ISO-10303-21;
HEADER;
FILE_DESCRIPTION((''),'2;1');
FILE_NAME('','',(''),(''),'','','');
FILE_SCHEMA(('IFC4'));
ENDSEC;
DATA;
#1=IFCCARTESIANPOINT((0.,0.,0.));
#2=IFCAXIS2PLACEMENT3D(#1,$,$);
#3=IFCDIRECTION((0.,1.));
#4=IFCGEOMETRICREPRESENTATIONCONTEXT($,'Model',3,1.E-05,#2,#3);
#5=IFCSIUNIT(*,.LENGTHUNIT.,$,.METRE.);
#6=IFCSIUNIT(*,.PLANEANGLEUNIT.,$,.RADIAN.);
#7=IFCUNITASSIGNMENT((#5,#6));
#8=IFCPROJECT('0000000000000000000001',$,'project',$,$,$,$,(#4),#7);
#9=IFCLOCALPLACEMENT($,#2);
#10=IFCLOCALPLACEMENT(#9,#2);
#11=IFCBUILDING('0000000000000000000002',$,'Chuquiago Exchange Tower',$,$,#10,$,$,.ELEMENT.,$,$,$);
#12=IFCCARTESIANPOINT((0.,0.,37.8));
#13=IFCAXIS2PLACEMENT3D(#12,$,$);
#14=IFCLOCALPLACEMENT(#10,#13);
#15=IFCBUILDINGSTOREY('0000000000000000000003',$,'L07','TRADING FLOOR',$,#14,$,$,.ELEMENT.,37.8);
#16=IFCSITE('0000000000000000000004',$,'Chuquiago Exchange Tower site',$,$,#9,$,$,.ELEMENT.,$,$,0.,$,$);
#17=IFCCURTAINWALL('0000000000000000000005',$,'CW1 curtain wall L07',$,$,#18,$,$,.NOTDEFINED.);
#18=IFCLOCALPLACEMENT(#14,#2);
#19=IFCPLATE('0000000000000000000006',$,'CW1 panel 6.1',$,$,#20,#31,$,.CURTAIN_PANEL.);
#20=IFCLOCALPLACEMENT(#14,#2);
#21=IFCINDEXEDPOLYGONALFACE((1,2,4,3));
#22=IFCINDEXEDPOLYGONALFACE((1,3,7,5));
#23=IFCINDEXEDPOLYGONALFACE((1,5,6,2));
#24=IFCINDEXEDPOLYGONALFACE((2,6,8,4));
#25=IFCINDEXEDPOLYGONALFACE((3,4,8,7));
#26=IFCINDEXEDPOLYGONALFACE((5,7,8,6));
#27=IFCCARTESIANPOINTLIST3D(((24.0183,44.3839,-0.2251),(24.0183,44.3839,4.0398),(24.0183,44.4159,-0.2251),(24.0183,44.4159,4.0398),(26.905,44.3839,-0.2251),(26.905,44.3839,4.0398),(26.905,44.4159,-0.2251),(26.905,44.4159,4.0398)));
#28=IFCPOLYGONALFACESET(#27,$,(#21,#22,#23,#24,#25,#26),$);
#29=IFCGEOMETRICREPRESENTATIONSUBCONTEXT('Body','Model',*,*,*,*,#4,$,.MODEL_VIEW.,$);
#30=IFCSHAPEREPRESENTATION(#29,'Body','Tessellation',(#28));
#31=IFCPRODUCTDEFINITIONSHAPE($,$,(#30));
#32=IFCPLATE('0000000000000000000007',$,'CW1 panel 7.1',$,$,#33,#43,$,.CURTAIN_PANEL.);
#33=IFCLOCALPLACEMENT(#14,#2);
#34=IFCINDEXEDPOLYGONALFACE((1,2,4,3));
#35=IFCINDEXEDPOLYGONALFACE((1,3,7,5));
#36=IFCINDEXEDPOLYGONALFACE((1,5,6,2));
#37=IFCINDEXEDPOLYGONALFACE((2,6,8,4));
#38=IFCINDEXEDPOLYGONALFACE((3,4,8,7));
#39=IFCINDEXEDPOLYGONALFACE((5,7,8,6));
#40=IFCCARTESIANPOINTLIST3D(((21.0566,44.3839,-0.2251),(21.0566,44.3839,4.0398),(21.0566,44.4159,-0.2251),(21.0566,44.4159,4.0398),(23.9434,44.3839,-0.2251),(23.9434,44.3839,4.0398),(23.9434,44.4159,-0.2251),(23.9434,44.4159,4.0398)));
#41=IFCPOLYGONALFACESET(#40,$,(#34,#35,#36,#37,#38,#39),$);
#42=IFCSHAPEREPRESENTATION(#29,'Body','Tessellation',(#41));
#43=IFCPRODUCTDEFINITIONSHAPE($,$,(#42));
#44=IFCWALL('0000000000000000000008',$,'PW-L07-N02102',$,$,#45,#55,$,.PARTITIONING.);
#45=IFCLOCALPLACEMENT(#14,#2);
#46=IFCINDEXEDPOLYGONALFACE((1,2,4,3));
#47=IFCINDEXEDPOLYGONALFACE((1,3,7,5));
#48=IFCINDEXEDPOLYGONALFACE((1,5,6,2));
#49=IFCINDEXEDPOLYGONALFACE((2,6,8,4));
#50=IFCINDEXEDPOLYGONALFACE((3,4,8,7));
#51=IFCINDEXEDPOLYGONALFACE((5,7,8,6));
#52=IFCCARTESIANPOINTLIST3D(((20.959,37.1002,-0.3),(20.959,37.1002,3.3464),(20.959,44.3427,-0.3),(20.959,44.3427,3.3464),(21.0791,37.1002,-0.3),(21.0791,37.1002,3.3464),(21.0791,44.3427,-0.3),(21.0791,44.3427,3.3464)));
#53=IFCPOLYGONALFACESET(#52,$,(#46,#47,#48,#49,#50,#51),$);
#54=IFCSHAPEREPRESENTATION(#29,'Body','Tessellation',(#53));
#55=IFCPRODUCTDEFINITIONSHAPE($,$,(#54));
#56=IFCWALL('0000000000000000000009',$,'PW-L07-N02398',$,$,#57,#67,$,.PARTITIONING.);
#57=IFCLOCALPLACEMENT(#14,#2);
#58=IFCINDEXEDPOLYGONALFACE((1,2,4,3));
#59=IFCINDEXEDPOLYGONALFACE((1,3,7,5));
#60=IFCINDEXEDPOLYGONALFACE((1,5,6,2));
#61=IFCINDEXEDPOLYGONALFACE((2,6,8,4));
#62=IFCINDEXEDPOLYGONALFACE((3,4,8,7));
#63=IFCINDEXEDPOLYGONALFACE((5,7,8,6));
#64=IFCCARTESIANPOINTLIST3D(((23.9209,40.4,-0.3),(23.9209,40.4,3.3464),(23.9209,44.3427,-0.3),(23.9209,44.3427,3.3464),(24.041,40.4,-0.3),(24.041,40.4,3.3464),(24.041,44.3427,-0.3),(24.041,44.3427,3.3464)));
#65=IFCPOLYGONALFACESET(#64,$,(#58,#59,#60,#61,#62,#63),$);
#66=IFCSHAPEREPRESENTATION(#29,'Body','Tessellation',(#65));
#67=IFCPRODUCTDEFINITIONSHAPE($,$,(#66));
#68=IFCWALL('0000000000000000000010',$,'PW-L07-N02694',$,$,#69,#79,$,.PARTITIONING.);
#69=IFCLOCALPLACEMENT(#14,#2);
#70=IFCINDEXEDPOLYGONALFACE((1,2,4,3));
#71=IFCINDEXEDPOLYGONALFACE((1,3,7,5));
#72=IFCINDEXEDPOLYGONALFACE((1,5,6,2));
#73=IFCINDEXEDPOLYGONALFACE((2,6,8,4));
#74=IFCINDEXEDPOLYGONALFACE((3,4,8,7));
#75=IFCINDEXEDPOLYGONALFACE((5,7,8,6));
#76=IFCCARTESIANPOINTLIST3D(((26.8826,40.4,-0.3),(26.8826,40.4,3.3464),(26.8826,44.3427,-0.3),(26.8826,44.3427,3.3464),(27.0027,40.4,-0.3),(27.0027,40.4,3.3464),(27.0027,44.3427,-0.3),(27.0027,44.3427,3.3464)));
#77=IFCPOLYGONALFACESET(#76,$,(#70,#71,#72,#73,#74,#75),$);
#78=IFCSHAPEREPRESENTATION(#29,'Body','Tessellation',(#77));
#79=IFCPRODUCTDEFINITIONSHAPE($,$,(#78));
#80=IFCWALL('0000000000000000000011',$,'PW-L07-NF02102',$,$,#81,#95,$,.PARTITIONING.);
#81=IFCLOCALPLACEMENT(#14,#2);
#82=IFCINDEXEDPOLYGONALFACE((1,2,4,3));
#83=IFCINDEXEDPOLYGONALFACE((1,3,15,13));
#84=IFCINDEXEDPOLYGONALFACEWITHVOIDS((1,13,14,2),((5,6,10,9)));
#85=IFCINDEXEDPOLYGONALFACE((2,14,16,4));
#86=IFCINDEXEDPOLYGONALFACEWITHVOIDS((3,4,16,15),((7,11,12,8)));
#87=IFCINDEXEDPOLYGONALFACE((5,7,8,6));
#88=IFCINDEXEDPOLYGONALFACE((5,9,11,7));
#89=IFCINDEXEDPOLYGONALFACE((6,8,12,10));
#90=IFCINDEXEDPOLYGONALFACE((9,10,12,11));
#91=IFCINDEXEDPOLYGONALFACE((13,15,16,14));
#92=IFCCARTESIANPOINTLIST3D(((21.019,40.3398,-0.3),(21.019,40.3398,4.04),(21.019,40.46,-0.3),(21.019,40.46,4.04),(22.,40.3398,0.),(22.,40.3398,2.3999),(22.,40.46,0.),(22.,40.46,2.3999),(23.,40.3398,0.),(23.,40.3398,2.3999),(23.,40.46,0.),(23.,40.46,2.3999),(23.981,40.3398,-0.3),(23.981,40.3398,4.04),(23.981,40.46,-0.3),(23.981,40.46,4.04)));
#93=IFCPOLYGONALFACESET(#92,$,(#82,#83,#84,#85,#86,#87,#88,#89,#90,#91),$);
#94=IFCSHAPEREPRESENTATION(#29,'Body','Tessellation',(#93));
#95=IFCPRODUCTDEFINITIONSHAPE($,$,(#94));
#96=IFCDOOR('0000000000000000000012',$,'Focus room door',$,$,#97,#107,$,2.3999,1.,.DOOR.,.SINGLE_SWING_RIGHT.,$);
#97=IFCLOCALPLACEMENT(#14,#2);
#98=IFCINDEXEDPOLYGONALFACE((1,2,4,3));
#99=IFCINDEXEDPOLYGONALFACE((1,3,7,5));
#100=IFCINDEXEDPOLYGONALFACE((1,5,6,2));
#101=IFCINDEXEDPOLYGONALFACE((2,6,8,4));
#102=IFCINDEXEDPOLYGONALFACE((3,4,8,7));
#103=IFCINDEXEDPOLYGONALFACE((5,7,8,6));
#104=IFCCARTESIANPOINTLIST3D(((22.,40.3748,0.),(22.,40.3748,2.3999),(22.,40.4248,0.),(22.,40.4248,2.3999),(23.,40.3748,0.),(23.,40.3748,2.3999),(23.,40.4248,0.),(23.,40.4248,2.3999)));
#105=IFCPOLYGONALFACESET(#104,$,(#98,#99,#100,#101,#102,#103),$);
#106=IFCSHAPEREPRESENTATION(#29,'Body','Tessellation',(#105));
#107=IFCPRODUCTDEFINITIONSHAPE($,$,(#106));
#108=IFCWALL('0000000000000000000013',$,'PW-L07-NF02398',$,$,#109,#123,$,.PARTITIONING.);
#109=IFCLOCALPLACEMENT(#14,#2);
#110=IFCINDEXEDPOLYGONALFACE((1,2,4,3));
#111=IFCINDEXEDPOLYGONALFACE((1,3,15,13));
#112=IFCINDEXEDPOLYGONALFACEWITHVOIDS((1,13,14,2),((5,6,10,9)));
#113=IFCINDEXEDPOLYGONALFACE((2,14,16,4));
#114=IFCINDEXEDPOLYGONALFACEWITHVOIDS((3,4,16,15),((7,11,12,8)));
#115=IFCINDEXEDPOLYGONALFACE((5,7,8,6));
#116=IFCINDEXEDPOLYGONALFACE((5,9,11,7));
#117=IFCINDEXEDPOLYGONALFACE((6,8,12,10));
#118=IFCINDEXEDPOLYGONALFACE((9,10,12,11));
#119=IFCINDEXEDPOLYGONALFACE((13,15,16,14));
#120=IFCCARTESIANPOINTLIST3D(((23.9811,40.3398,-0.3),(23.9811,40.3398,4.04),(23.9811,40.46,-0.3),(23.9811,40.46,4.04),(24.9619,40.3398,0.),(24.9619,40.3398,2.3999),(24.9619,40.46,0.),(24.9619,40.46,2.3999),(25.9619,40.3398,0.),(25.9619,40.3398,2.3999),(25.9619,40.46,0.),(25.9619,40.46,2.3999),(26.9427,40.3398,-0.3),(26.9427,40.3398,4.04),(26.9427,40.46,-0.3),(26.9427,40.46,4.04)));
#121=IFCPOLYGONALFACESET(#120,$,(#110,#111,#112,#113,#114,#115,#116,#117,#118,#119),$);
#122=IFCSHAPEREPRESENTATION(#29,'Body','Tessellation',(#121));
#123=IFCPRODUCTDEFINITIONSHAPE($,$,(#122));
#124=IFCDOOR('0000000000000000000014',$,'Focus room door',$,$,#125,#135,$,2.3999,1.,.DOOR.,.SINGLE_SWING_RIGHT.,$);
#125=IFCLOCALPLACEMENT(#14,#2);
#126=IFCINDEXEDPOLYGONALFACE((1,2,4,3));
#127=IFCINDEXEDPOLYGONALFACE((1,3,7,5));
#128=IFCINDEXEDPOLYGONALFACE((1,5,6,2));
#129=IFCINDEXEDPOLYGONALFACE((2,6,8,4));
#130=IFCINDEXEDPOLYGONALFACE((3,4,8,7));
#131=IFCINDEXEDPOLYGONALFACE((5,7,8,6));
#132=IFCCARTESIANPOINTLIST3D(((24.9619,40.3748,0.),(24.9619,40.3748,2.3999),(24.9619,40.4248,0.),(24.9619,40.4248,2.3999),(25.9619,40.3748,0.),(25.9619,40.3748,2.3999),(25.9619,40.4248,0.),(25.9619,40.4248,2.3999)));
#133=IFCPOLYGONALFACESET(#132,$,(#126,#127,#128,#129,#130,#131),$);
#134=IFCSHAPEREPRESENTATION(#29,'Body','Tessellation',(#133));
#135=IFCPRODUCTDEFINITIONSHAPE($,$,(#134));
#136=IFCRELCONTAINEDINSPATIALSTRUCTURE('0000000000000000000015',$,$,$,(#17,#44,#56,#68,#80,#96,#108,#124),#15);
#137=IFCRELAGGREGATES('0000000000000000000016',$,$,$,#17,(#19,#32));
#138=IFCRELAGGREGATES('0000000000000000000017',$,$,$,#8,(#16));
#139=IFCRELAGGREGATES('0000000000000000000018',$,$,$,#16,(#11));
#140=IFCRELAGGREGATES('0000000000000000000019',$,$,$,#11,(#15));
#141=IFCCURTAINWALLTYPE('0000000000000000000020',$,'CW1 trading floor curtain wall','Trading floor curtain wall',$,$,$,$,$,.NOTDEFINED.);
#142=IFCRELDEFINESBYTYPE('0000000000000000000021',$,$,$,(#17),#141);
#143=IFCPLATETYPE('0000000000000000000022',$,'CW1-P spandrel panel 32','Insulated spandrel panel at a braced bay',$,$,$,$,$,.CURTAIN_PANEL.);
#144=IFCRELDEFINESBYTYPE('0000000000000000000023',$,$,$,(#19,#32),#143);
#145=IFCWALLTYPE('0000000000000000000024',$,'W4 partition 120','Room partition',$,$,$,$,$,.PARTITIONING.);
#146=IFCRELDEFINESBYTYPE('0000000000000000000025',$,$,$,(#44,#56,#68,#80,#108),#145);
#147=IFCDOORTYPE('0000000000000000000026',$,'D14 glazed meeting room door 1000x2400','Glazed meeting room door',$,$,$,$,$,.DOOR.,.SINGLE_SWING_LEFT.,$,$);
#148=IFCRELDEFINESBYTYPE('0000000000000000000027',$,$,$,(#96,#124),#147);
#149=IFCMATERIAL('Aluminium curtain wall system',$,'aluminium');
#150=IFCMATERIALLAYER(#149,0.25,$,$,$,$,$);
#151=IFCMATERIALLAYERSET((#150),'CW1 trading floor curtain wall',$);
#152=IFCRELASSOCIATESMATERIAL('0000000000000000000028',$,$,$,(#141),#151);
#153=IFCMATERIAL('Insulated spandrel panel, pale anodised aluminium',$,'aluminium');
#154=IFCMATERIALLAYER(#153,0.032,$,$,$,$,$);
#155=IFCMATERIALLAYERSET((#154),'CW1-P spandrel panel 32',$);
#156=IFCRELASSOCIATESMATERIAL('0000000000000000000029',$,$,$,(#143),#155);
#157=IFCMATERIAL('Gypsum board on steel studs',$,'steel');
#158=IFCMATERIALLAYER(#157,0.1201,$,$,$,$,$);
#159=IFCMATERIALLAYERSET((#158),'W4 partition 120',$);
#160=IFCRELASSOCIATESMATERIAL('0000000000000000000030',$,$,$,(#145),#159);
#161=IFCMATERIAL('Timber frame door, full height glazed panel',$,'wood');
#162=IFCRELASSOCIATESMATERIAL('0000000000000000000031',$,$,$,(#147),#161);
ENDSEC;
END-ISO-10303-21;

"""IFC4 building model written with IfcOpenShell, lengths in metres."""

from ifc_helpers import new_model, si_unit, direction, frame, frame_2d, origin, origin_2d, place, context, subcontext, project, spatial, rectangle, extrude, material, layer, layer_set, type_object, element, fill, aggregate, save


model = new_model("IFC4")

# Units and contexts
model_context = context("Model", 3, precision=1e-05, world=origin(), true_north=direction((0.0, 1.0)))
body_context = subcontext(model_context, "Body", "Model", "MODEL_VIEW")
ifc_project = project(units=[si_unit("LENGTHUNIT", "METRE"), si_unit("PLANEANGLEUNIT", "RADIAN")], contexts=[model_context])

# Site, building, storey
site_placement = place(None, origin())
site = spatial("IfcSite", under=ifc_project, at=site_placement, Name="Chuquiago Exchange Tower site", CompositionType="ELEMENT", RefElevation=0.0)
building_placement = place(site_placement, origin())
building = spatial("IfcBuilding", under=site, at=building_placement, Name="Chuquiago Exchange Tower", CompositionType="ELEMENT")
storey_placement = place(building_placement, frame((0.0, 0.0, 37.8)))
storey = spatial("IfcBuildingStorey", under=building, at=storey_placement, Name="L07", Description="TRADING FLOOR", CompositionType="ELEMENT", Elevation=37.8)

# Curtain wall
ifc_material_1 = material(Name="Aluminium curtain wall system", Category="aluminium")
ifc_layer_1 = layer(ifc_material_1, 0.25)
ifc_layer_set_1 = layer_set([ifc_layer_1], Name="CW1 trading floor curtain wall")
curtain_wall_type = type_object("IfcCurtainWallType", Name="CW1 trading floor curtain wall", Description="Trading floor curtain wall", PredefinedType="NOTDEFINED", material=ifc_layer_set_1)
curtain_wall_placement = place(storey_placement, origin())
curtain_wall = element("IfcCurtainWall", 1, at=curtain_wall_placement, inside=storey, type_object=curtain_wall_type, Name="CW1 curtain wall L07", PredefinedType="NOTDEFINED")

# Plates
ifc_material_2 = material(Name="Insulated spandrel panel, pale anodised aluminium", Category="aluminium")
ifc_layer_2 = layer(ifc_material_2, 0.032)
ifc_layer_set_2 = layer_set([ifc_layer_2], Name="CW1-P spandrel panel 32")
plate_type_1 = type_object("IfcPlateType", Name="CW1-P spandrel panel 32", Description="Insulated spandrel panel at a braced bay", PredefinedType="CURTAIN_PANEL", material=ifc_layer_set_2)
plate_1_placement = place(storey_placement, frame((25.4617, 44.3999, -0.2251), z_axis=(0.0, 0.0, 1.0), x_axis=(-1.0, 0.0, 0.0)))
plate_1 = element("IfcPlate", 2, at=plate_1_placement, type_object=plate_type_1, Name="CW1 panel 6.1", PredefinedType="CURTAIN_PANEL", context=body_context, shape_type="SweptSolid", body=[
    extrude(rectangle(XDim=2.8867, YDim=0.032, at=origin_2d()), origin(), (0.0, 0.0, 1.0), 4.2649),
])
plate_2_placement = place(storey_placement, frame((22.5, 44.3999, -0.2251), z_axis=(0.0, 0.0, 1.0), x_axis=(-1.0, 0.0, 0.0)))
plate_2 = element("IfcPlate", 3, at=plate_2_placement, type_object=plate_type_1, Name="CW1 panel 7.1", PredefinedType="CURTAIN_PANEL", context=body_context, shape_type="SweptSolid", body=[
    extrude(rectangle(XDim=2.8867, YDim=0.032, at=origin_2d()), origin(), (0.0, 0.0, 1.0), 4.2649),
])
aggregate(curtain_wall, [plate_1, plate_2])

# Walls
ifc_material_3 = material(Name="Gypsum board on steel studs", Category="steel")
ifc_layer_3 = layer(ifc_material_3, 0.1201)
ifc_layer_set_3 = layer_set([ifc_layer_3], Name="W4 partition 120")
wall_type = type_object("IfcWallType", Name="W4 partition 120", Description="Room partition", PredefinedType="PARTITIONING", material=ifc_layer_set_3)
wall_1_placement = place(storey_placement, frame((21.019, 44.3425, -0.3), z_axis=(0.0, 0.0, 1.0), x_axis=(0.0, -1.0, 0.0)))
element("IfcWall", 4, at=wall_1_placement, inside=storey, type_object=wall_type, Name="PW-L07-N02102", PredefinedType="PARTITIONING", context=body_context, shape_type="SweptSolid", body=[
    extrude(rectangle(XDim=7.2424, YDim=0.1201, at=frame_2d((3.6211, 0.0))), origin(), (0.0, 0.0, 1.0), 3.6465),
])
for number, where, z_axis, x_axis, name in (
    (5, (23.981, 44.3425, -0.3), (0.0, 0.0, 1.0), (0.0, -1.0, 0.0), "PW-L07-N02398"),
    (6, (26.9426, 44.3425, -0.3), (0.0, 0.0, 1.0), (0.0, -1.0, 0.0), "PW-L07-N02694"),
):
    element("IfcWall", number, at=place(storey_placement, frame(where, z_axis=z_axis, x_axis=x_axis)), inside=storey, type_object=wall_type, Name=name, PredefinedType="PARTITIONING", context=body_context, shape_type="SweptSolid", body=[
        extrude(rectangle(XDim=3.9426, YDim=0.1201, at=frame_2d((1.9712, 0.0))), origin(), (0.0, 0.0, 1.0), 3.6465),
    ])

# Walls, openings, doors
wall_2_placement = place(storey_placement, frame((21.019, 40.3999, -0.3), z_axis=(0.0, 0.0, 1.0), x_axis=(1.0, 0.0, 0.0)))
wall_2 = element("IfcWall", 7, at=wall_2_placement, inside=storey, type_object=wall_type, Name="PW-L07-NF02102", PredefinedType="PARTITIONING", context=body_context, shape_type="SweptSolid", body=[
    extrude(rectangle(XDim=2.9619, YDim=0.1201, at=frame_2d((1.481, 0.0))), origin(), (0.0, 0.0, 1.0), 4.3401),
])
opening_1_placement = place(wall_2_placement, frame((0.981, 0.0, 0.3)))
opening_1 = element("IfcOpeningElement", 8, at=opening_1_placement, cuts=wall_2, PredefinedType="OPENING", context=body_context, shape_type="SweptSolid", body=[
    extrude(rectangle(XDim=1.0, YDim=2.3999, at=frame_2d((0.5, 1.2))), frame((0.0, 0.0701, 0.0), z_axis=(0.0, -1.0, 0.0), x_axis=(1.0, 0.0, 0.0)), (0.0, 0.0, 1.0), 0.1401),
])
ifc_material_4 = material(Name="Timber frame door, full height glazed panel", Category="wood")
door_type = type_object("IfcDoorType", Name="D14 glazed meeting room door 1000x2400", Description="Glazed meeting room door", OperationType="SINGLE_SWING_LEFT", PredefinedType="DOOR", material=ifc_material_4)
door_1_placement = place(opening_1_placement, origin())
door_1 = element("IfcDoor", 9, at=door_1_placement, inside=storey, type_object=door_type, Name="Focus room door", OperationType="SINGLE_SWING_RIGHT", OverallHeight=2.3999, OverallWidth=1.0, PredefinedType="DOOR", context=body_context, shape_type="SweptSolid", body=[
    extrude(rectangle(XDim=1.0, YDim=2.3999, at=frame_2d((0.5, 1.2))), frame((0.0, 0.0249, 0.0), z_axis=(0.0, -1.0, 0.0), x_axis=(1.0, 0.0, 0.0)), (0.0, 0.0, 1.0), 0.05),
])
fill(opening_1, door_1)
wall_3_placement = place(storey_placement, frame((23.981, 40.3999, -0.3), z_axis=(0.0, 0.0, 1.0), x_axis=(1.0, 0.0, 0.0)))
wall_3 = element("IfcWall", 10, at=wall_3_placement, inside=storey, type_object=wall_type, Name="PW-L07-NF02398", PredefinedType="PARTITIONING", context=body_context, shape_type="SweptSolid", body=[
    extrude(rectangle(XDim=2.9617, YDim=0.1201, at=frame_2d((1.481, 0.0))), origin(), (0.0, 0.0, 1.0), 4.3401),
])
opening_2_placement = place(wall_3_placement, frame((0.981, 0.0, 0.3)))
opening_2 = element("IfcOpeningElement", 11, at=opening_2_placement, cuts=wall_3, PredefinedType="OPENING", context=body_context, shape_type="SweptSolid", body=[
    extrude(rectangle(XDim=1.0, YDim=2.3999, at=frame_2d((0.5, 1.2))), frame((0.0, 0.0701, 0.0), z_axis=(0.0, -1.0, 0.0), x_axis=(1.0, 0.0, 0.0)), (0.0, 0.0, 1.0), 0.1401),
])
door_2_placement = place(opening_2_placement, origin())
door_2 = element("IfcDoor", 12, at=door_2_placement, inside=storey, type_object=door_type, Name="Focus room door", OperationType="SINGLE_SWING_RIGHT", OverallHeight=2.3999, OverallWidth=1.0, PredefinedType="DOOR", context=body_context, shape_type="SweptSolid", body=[
    extrude(rectangle(XDim=1.0, YDim=2.3999, at=frame_2d((0.5, 1.2))), frame((0.0, 0.0249, 0.0), z_axis=(0.0, -1.0, 0.0), x_axis=(1.0, 0.0, 0.0)), (0.0, 0.0, 1.0), 0.05),
])
fill(opening_2, door_2)

save(model, "model.ifc")
